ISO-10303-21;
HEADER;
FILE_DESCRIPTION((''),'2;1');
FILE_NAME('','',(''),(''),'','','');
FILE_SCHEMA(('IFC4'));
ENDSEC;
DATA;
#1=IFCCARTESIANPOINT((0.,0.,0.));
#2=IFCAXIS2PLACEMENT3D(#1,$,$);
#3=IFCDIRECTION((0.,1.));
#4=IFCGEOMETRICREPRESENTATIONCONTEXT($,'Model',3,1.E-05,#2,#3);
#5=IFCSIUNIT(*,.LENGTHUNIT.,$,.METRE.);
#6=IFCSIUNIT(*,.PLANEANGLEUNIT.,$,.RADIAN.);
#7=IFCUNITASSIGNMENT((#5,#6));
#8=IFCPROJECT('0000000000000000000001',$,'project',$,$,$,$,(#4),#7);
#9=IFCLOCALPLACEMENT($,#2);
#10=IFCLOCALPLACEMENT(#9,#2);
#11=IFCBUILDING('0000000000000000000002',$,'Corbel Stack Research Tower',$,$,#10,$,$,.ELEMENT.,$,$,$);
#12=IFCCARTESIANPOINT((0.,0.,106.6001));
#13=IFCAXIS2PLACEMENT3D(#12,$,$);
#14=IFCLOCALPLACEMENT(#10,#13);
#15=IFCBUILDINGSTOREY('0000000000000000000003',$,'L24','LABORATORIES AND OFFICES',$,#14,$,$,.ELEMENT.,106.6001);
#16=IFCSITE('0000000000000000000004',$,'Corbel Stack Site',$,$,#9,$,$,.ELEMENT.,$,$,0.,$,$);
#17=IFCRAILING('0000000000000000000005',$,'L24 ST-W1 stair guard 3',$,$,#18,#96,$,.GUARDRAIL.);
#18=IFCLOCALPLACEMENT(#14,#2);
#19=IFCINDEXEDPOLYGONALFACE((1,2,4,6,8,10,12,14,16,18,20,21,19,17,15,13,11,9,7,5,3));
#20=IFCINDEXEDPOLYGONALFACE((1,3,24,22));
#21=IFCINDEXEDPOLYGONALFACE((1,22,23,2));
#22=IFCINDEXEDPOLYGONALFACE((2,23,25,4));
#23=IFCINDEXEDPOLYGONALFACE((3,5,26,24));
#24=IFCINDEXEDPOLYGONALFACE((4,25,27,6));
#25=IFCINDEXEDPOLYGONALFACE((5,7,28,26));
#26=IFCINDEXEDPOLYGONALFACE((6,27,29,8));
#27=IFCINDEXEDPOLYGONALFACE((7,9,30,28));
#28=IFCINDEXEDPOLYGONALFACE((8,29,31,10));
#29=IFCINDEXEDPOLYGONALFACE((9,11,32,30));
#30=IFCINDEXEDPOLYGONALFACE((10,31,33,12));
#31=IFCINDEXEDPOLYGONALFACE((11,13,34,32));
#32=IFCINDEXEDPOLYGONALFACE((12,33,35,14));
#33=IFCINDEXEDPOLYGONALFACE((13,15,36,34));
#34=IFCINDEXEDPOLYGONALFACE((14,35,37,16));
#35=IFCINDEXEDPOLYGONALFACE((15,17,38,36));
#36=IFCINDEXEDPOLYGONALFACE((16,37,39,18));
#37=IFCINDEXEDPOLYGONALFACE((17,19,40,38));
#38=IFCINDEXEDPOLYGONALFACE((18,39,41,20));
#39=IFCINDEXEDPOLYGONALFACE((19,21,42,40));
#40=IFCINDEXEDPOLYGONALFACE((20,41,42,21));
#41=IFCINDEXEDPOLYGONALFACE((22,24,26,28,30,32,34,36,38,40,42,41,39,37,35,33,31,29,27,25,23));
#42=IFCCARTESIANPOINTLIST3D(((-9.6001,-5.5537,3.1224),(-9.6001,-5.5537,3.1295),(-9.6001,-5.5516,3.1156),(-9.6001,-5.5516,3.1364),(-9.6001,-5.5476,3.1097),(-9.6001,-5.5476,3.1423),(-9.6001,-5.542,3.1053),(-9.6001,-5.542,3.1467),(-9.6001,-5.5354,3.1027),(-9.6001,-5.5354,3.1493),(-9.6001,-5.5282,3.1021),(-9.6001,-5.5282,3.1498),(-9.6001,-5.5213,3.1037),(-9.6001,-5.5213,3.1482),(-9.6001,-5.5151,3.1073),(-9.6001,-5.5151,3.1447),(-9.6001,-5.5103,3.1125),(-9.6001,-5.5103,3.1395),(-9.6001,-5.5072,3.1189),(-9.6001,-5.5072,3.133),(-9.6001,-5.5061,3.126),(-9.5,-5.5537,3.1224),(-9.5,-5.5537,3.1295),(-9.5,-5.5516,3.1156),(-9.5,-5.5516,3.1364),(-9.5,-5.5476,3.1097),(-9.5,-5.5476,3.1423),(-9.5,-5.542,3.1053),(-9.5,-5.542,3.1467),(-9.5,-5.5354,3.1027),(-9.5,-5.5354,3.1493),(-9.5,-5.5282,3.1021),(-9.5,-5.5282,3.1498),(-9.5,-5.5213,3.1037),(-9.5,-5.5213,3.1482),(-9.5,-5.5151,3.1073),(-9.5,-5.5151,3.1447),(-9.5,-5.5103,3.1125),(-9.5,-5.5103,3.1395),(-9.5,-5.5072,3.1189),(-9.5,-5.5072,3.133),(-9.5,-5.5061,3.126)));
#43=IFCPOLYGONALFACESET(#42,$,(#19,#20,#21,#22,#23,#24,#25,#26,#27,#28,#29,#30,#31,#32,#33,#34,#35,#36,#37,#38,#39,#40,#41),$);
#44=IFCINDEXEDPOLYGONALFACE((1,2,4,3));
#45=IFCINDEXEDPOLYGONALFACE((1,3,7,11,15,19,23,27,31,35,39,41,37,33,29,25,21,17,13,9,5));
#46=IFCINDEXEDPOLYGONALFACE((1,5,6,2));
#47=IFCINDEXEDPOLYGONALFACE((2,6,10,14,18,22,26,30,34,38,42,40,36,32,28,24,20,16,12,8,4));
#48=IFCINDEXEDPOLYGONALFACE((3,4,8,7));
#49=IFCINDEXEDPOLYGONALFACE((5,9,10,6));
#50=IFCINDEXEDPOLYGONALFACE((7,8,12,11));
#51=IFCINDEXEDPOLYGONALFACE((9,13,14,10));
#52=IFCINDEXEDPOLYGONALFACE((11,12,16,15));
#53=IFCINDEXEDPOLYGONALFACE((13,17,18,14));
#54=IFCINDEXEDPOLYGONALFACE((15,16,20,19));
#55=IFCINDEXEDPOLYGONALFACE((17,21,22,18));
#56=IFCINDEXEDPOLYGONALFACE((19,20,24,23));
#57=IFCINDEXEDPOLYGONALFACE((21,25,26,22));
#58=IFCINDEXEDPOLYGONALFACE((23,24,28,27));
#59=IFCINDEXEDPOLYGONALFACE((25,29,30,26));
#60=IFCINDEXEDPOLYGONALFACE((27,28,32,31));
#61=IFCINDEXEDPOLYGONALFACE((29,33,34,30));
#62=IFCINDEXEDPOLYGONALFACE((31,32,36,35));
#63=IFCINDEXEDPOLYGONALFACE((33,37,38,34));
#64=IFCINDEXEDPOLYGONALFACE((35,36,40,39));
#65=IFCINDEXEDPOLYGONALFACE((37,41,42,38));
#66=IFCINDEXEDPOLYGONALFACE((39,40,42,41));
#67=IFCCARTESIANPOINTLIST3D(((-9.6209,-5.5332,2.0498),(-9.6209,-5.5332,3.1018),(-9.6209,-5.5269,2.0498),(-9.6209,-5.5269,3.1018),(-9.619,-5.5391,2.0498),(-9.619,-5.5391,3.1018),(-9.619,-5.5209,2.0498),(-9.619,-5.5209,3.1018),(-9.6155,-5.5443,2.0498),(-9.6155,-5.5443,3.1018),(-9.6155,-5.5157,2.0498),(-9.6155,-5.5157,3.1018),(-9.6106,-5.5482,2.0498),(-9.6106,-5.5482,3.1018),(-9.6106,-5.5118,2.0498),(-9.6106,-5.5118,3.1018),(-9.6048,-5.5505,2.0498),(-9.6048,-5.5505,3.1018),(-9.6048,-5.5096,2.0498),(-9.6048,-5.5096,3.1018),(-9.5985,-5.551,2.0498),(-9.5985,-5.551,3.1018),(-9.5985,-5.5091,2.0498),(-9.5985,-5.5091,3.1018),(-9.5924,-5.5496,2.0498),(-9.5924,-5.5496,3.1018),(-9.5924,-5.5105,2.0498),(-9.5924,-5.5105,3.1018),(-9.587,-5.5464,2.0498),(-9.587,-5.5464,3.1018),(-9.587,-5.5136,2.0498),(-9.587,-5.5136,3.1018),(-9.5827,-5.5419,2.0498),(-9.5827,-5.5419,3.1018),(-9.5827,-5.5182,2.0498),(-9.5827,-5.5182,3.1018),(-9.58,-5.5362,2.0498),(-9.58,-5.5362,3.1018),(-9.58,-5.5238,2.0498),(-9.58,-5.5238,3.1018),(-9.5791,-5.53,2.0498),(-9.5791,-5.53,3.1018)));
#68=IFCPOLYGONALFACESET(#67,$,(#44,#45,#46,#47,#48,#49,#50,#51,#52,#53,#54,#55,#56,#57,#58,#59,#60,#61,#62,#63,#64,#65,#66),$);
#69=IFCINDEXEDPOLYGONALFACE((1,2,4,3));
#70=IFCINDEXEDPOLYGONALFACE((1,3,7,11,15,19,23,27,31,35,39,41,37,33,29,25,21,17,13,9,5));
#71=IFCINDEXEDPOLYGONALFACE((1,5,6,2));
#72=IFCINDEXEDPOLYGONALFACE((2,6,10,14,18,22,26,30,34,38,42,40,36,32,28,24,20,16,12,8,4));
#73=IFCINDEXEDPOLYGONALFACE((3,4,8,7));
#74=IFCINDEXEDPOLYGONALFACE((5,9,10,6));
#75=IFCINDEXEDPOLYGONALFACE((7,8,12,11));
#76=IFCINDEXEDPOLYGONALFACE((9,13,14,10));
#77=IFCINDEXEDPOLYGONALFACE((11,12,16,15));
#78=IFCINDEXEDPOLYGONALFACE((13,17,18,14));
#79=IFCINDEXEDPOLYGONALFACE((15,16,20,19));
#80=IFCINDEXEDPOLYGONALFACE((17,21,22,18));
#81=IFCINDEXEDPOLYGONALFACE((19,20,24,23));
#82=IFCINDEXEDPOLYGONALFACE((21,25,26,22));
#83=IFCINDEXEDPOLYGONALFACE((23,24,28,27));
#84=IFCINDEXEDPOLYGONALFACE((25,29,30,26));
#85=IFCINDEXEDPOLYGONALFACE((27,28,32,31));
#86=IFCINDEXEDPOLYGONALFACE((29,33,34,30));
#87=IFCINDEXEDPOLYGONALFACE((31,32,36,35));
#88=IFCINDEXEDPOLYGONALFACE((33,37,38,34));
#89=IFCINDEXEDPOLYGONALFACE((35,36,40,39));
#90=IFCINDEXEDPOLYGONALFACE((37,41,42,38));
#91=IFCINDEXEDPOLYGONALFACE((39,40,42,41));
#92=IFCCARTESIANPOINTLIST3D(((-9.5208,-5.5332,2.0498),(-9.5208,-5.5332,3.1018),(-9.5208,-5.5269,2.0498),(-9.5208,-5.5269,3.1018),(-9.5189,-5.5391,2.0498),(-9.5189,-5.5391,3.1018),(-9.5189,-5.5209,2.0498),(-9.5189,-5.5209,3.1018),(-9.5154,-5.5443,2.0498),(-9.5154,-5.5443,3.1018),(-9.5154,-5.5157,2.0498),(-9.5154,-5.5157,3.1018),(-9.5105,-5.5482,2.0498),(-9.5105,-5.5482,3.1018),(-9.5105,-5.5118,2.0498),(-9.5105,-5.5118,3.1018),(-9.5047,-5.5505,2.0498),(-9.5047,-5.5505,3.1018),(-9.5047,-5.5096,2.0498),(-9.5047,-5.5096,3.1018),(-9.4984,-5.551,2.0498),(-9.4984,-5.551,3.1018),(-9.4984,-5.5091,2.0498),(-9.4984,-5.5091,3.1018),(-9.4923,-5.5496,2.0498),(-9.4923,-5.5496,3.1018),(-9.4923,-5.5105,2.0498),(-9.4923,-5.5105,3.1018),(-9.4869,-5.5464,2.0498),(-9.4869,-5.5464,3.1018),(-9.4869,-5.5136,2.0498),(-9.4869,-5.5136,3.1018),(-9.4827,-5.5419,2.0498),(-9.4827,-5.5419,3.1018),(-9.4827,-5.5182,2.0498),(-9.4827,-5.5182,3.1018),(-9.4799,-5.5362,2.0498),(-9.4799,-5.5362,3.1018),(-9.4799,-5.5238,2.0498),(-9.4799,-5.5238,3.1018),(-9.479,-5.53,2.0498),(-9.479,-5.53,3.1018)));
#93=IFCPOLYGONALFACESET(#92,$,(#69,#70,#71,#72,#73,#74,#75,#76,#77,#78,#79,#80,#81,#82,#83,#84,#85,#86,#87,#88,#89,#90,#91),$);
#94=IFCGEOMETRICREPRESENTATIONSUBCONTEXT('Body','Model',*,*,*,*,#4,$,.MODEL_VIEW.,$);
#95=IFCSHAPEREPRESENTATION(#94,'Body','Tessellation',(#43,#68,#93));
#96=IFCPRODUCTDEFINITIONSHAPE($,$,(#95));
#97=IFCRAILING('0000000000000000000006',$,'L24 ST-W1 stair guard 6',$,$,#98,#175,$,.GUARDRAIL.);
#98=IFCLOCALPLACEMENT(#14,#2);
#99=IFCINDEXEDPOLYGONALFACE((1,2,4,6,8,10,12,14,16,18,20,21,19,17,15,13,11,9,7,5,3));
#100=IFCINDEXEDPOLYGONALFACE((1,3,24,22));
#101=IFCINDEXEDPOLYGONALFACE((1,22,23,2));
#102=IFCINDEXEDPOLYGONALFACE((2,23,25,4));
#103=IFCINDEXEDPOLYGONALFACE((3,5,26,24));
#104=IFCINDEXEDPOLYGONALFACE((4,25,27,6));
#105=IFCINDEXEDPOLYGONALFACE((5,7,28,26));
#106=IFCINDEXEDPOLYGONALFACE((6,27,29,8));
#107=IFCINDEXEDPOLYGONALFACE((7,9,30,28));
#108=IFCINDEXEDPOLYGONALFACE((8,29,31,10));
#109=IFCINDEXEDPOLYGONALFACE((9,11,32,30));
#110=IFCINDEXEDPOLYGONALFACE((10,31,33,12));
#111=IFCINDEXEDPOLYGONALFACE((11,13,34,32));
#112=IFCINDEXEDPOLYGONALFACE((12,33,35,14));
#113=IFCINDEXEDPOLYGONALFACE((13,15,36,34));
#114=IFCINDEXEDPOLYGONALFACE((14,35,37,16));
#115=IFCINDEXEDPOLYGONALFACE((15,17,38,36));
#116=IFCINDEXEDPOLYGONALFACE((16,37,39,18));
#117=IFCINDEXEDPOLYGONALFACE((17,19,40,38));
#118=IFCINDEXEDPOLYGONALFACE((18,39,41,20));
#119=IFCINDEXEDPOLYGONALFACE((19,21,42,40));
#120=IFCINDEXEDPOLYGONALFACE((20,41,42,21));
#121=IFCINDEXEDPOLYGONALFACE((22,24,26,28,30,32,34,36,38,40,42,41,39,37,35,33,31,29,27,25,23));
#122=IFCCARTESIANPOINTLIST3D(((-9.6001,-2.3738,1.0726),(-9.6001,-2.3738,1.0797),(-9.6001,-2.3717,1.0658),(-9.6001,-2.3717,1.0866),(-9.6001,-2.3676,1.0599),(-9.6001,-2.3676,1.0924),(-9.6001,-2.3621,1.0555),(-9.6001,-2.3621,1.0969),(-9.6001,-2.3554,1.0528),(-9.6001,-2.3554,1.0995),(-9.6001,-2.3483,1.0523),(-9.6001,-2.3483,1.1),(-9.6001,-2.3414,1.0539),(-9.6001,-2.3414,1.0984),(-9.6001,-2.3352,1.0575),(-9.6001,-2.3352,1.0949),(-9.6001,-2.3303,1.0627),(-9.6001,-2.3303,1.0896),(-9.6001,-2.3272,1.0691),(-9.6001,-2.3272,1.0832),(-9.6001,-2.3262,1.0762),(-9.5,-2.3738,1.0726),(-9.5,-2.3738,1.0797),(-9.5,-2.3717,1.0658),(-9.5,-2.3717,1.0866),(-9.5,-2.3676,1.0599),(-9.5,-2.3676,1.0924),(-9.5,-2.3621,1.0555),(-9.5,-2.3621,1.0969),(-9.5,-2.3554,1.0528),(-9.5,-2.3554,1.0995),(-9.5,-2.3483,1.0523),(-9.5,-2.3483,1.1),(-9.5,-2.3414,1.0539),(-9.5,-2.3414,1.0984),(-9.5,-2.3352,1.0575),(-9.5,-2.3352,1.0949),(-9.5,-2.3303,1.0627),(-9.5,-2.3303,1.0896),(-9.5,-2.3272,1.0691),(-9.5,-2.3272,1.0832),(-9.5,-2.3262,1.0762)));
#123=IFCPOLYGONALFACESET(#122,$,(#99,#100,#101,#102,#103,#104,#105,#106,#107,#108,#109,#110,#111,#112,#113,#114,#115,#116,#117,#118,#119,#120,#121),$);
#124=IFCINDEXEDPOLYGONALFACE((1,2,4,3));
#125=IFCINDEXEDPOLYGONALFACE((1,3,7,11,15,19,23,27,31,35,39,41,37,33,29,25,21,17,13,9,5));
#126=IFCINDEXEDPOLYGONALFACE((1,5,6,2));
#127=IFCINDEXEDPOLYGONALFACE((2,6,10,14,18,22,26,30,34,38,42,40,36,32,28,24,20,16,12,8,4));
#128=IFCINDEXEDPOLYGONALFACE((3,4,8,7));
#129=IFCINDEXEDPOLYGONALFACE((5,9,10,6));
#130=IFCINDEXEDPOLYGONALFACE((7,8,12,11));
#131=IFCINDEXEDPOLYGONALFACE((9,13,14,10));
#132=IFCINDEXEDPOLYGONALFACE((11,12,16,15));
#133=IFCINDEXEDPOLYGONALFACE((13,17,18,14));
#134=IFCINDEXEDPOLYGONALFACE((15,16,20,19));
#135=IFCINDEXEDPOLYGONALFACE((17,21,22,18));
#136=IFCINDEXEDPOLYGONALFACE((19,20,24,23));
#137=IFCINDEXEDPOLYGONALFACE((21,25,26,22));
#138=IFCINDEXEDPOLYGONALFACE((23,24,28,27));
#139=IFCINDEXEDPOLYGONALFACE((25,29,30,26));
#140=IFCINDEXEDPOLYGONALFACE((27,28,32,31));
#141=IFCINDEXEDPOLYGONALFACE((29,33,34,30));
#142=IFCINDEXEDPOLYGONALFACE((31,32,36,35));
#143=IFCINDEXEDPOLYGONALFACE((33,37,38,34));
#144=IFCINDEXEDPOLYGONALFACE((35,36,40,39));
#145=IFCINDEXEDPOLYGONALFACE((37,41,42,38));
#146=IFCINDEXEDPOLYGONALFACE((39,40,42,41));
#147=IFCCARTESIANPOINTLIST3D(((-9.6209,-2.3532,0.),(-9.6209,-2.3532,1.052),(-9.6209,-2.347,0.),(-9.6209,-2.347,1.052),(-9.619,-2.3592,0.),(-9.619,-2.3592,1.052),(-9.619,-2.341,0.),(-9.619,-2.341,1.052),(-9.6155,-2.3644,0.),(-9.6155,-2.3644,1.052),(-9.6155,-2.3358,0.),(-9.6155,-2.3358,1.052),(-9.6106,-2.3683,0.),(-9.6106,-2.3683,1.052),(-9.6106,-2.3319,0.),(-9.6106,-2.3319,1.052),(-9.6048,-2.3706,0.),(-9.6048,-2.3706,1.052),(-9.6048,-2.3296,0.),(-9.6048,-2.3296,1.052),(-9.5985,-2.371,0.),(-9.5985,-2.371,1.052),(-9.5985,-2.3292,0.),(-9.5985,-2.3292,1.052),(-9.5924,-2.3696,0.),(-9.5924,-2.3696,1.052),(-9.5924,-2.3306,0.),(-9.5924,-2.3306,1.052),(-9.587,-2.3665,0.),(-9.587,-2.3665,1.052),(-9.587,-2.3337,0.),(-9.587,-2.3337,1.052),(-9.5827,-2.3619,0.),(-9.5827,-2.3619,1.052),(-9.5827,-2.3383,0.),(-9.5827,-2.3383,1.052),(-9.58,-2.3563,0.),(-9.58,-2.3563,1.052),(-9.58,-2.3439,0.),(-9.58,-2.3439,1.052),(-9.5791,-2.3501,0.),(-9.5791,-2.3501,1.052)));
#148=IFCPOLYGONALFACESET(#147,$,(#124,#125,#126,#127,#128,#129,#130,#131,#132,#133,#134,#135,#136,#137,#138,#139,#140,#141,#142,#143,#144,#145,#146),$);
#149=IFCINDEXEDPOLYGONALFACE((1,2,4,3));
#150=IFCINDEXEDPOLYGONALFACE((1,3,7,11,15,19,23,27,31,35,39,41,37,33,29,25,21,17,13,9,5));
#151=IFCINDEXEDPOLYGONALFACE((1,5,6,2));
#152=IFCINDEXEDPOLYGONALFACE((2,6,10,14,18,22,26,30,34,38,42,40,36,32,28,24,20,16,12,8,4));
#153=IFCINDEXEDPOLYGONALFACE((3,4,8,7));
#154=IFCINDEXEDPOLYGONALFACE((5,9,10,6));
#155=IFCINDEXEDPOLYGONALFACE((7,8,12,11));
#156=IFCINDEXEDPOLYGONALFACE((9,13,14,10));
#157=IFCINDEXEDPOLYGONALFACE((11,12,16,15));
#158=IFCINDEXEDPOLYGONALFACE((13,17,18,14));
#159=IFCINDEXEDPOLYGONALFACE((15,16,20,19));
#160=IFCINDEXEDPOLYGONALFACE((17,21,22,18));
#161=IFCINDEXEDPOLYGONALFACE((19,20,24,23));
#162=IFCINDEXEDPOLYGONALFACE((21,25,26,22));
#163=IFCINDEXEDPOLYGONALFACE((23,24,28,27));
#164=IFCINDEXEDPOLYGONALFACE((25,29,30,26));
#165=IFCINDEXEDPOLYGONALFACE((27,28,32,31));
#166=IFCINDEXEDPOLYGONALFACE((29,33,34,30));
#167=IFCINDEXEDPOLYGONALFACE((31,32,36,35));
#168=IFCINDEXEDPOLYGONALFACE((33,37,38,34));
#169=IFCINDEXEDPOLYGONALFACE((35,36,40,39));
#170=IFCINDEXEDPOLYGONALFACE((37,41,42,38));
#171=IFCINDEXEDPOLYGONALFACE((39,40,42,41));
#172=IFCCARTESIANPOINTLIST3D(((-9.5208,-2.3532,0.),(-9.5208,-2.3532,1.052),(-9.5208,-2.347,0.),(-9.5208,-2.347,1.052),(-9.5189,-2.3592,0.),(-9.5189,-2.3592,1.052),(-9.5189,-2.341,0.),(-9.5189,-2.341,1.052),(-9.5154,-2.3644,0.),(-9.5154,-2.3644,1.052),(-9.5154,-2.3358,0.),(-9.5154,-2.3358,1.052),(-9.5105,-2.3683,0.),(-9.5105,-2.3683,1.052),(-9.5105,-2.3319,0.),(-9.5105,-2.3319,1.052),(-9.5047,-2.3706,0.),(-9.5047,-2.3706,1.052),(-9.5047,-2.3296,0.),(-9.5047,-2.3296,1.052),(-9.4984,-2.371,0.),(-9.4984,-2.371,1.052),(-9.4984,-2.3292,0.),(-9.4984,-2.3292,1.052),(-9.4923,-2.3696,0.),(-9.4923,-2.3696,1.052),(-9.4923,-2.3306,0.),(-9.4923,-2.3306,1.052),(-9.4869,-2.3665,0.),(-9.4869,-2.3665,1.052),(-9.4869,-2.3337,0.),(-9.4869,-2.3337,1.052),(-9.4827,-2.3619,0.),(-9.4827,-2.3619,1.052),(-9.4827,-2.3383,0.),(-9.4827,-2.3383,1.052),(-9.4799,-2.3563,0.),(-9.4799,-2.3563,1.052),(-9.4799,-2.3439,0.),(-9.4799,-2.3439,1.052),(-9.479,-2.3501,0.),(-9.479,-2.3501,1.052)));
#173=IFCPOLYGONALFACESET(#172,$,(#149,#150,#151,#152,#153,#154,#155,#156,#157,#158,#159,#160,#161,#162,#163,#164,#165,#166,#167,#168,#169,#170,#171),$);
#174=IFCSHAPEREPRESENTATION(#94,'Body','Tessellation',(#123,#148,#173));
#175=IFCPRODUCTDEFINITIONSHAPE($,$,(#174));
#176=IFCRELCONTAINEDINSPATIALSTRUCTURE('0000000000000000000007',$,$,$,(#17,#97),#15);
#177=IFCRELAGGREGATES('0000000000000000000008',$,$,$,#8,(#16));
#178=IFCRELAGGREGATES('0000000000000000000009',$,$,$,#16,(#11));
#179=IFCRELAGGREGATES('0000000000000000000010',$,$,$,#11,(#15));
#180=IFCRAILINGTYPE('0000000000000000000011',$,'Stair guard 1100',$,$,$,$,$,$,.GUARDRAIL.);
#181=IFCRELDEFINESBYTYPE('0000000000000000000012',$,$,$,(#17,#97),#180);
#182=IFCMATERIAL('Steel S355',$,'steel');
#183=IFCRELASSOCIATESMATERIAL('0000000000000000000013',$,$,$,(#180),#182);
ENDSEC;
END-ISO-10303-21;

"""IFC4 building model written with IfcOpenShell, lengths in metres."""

from ifc_helpers import new_model, si_unit, direction, frame, origin, origin_2d, place, context, subcontext, project, spatial, circle, extrude, material, type_object, element, save


model = new_model("IFC4")

# Units and contexts
model_context = context("Model", 3, precision=1e-05, world=origin(), true_north=direction((0.0, 1.0)))
body_context = subcontext(model_context, "Body", "Model", "MODEL_VIEW")
ifc_project = project(units=[si_unit("LENGTHUNIT", "METRE"), si_unit("PLANEANGLEUNIT", "RADIAN")], contexts=[model_context])

# Site, building, storey
site_placement = place(None, origin())
site = spatial("IfcSite", under=ifc_project, at=site_placement, Name="Corbel Stack Site", CompositionType="ELEMENT", RefElevation=0.0)
building_placement = place(site_placement, origin())
building = spatial("IfcBuilding", under=site, at=building_placement, Name="Corbel Stack Research Tower", CompositionType="ELEMENT")
storey_placement = place(building_placement, frame((0.0, 0.0, 106.6001)))
storey = spatial("IfcBuildingStorey", under=building, at=storey_placement, Name="L24", Description="LABORATORIES AND OFFICES", CompositionType="ELEMENT", Elevation=106.6001)

# Railings
ifc_material_1 = material(Name="Steel S355", Category="steel")
railing_type = type_object("IfcRailingType", Name="Stair guard 1100", PredefinedType="GUARDRAIL", material=ifc_material_1)
for number, where, name in (
    (1, (-9.6001, -5.53, 2.0498), "L24 ST-W1 stair guard 3"),
    (2, (-9.6001, -2.3501, 0.0), "L24 ST-W1 stair guard 6"),
):
    element("IfcRailing", number, at=place(storey_placement, frame(where)), inside=storey, type_object=railing_type, Name=name, PredefinedType="GUARDRAIL", context=body_context, shape_type="SweptSolid", body=[
        extrude(circle(Radius=0.0239, at=origin_2d()), frame((0.0, 0.0, 1.0762), z_axis=(1.0, 0.0, 0.0), x_axis=(0.0, 1.0, 0.0)), (0.0, 0.0, 1.0), 0.1001),
        extrude(circle(Radius=0.021, at=origin_2d()), origin(), (0.0, 0.0, 1.0), 1.052),
        extrude(circle(Radius=0.021, at=origin_2d()), frame((0.1001, 0.0, 0.0)), (0.0, 0.0, 1.0), 1.052),
    ])

save(model, "model.ifc")
